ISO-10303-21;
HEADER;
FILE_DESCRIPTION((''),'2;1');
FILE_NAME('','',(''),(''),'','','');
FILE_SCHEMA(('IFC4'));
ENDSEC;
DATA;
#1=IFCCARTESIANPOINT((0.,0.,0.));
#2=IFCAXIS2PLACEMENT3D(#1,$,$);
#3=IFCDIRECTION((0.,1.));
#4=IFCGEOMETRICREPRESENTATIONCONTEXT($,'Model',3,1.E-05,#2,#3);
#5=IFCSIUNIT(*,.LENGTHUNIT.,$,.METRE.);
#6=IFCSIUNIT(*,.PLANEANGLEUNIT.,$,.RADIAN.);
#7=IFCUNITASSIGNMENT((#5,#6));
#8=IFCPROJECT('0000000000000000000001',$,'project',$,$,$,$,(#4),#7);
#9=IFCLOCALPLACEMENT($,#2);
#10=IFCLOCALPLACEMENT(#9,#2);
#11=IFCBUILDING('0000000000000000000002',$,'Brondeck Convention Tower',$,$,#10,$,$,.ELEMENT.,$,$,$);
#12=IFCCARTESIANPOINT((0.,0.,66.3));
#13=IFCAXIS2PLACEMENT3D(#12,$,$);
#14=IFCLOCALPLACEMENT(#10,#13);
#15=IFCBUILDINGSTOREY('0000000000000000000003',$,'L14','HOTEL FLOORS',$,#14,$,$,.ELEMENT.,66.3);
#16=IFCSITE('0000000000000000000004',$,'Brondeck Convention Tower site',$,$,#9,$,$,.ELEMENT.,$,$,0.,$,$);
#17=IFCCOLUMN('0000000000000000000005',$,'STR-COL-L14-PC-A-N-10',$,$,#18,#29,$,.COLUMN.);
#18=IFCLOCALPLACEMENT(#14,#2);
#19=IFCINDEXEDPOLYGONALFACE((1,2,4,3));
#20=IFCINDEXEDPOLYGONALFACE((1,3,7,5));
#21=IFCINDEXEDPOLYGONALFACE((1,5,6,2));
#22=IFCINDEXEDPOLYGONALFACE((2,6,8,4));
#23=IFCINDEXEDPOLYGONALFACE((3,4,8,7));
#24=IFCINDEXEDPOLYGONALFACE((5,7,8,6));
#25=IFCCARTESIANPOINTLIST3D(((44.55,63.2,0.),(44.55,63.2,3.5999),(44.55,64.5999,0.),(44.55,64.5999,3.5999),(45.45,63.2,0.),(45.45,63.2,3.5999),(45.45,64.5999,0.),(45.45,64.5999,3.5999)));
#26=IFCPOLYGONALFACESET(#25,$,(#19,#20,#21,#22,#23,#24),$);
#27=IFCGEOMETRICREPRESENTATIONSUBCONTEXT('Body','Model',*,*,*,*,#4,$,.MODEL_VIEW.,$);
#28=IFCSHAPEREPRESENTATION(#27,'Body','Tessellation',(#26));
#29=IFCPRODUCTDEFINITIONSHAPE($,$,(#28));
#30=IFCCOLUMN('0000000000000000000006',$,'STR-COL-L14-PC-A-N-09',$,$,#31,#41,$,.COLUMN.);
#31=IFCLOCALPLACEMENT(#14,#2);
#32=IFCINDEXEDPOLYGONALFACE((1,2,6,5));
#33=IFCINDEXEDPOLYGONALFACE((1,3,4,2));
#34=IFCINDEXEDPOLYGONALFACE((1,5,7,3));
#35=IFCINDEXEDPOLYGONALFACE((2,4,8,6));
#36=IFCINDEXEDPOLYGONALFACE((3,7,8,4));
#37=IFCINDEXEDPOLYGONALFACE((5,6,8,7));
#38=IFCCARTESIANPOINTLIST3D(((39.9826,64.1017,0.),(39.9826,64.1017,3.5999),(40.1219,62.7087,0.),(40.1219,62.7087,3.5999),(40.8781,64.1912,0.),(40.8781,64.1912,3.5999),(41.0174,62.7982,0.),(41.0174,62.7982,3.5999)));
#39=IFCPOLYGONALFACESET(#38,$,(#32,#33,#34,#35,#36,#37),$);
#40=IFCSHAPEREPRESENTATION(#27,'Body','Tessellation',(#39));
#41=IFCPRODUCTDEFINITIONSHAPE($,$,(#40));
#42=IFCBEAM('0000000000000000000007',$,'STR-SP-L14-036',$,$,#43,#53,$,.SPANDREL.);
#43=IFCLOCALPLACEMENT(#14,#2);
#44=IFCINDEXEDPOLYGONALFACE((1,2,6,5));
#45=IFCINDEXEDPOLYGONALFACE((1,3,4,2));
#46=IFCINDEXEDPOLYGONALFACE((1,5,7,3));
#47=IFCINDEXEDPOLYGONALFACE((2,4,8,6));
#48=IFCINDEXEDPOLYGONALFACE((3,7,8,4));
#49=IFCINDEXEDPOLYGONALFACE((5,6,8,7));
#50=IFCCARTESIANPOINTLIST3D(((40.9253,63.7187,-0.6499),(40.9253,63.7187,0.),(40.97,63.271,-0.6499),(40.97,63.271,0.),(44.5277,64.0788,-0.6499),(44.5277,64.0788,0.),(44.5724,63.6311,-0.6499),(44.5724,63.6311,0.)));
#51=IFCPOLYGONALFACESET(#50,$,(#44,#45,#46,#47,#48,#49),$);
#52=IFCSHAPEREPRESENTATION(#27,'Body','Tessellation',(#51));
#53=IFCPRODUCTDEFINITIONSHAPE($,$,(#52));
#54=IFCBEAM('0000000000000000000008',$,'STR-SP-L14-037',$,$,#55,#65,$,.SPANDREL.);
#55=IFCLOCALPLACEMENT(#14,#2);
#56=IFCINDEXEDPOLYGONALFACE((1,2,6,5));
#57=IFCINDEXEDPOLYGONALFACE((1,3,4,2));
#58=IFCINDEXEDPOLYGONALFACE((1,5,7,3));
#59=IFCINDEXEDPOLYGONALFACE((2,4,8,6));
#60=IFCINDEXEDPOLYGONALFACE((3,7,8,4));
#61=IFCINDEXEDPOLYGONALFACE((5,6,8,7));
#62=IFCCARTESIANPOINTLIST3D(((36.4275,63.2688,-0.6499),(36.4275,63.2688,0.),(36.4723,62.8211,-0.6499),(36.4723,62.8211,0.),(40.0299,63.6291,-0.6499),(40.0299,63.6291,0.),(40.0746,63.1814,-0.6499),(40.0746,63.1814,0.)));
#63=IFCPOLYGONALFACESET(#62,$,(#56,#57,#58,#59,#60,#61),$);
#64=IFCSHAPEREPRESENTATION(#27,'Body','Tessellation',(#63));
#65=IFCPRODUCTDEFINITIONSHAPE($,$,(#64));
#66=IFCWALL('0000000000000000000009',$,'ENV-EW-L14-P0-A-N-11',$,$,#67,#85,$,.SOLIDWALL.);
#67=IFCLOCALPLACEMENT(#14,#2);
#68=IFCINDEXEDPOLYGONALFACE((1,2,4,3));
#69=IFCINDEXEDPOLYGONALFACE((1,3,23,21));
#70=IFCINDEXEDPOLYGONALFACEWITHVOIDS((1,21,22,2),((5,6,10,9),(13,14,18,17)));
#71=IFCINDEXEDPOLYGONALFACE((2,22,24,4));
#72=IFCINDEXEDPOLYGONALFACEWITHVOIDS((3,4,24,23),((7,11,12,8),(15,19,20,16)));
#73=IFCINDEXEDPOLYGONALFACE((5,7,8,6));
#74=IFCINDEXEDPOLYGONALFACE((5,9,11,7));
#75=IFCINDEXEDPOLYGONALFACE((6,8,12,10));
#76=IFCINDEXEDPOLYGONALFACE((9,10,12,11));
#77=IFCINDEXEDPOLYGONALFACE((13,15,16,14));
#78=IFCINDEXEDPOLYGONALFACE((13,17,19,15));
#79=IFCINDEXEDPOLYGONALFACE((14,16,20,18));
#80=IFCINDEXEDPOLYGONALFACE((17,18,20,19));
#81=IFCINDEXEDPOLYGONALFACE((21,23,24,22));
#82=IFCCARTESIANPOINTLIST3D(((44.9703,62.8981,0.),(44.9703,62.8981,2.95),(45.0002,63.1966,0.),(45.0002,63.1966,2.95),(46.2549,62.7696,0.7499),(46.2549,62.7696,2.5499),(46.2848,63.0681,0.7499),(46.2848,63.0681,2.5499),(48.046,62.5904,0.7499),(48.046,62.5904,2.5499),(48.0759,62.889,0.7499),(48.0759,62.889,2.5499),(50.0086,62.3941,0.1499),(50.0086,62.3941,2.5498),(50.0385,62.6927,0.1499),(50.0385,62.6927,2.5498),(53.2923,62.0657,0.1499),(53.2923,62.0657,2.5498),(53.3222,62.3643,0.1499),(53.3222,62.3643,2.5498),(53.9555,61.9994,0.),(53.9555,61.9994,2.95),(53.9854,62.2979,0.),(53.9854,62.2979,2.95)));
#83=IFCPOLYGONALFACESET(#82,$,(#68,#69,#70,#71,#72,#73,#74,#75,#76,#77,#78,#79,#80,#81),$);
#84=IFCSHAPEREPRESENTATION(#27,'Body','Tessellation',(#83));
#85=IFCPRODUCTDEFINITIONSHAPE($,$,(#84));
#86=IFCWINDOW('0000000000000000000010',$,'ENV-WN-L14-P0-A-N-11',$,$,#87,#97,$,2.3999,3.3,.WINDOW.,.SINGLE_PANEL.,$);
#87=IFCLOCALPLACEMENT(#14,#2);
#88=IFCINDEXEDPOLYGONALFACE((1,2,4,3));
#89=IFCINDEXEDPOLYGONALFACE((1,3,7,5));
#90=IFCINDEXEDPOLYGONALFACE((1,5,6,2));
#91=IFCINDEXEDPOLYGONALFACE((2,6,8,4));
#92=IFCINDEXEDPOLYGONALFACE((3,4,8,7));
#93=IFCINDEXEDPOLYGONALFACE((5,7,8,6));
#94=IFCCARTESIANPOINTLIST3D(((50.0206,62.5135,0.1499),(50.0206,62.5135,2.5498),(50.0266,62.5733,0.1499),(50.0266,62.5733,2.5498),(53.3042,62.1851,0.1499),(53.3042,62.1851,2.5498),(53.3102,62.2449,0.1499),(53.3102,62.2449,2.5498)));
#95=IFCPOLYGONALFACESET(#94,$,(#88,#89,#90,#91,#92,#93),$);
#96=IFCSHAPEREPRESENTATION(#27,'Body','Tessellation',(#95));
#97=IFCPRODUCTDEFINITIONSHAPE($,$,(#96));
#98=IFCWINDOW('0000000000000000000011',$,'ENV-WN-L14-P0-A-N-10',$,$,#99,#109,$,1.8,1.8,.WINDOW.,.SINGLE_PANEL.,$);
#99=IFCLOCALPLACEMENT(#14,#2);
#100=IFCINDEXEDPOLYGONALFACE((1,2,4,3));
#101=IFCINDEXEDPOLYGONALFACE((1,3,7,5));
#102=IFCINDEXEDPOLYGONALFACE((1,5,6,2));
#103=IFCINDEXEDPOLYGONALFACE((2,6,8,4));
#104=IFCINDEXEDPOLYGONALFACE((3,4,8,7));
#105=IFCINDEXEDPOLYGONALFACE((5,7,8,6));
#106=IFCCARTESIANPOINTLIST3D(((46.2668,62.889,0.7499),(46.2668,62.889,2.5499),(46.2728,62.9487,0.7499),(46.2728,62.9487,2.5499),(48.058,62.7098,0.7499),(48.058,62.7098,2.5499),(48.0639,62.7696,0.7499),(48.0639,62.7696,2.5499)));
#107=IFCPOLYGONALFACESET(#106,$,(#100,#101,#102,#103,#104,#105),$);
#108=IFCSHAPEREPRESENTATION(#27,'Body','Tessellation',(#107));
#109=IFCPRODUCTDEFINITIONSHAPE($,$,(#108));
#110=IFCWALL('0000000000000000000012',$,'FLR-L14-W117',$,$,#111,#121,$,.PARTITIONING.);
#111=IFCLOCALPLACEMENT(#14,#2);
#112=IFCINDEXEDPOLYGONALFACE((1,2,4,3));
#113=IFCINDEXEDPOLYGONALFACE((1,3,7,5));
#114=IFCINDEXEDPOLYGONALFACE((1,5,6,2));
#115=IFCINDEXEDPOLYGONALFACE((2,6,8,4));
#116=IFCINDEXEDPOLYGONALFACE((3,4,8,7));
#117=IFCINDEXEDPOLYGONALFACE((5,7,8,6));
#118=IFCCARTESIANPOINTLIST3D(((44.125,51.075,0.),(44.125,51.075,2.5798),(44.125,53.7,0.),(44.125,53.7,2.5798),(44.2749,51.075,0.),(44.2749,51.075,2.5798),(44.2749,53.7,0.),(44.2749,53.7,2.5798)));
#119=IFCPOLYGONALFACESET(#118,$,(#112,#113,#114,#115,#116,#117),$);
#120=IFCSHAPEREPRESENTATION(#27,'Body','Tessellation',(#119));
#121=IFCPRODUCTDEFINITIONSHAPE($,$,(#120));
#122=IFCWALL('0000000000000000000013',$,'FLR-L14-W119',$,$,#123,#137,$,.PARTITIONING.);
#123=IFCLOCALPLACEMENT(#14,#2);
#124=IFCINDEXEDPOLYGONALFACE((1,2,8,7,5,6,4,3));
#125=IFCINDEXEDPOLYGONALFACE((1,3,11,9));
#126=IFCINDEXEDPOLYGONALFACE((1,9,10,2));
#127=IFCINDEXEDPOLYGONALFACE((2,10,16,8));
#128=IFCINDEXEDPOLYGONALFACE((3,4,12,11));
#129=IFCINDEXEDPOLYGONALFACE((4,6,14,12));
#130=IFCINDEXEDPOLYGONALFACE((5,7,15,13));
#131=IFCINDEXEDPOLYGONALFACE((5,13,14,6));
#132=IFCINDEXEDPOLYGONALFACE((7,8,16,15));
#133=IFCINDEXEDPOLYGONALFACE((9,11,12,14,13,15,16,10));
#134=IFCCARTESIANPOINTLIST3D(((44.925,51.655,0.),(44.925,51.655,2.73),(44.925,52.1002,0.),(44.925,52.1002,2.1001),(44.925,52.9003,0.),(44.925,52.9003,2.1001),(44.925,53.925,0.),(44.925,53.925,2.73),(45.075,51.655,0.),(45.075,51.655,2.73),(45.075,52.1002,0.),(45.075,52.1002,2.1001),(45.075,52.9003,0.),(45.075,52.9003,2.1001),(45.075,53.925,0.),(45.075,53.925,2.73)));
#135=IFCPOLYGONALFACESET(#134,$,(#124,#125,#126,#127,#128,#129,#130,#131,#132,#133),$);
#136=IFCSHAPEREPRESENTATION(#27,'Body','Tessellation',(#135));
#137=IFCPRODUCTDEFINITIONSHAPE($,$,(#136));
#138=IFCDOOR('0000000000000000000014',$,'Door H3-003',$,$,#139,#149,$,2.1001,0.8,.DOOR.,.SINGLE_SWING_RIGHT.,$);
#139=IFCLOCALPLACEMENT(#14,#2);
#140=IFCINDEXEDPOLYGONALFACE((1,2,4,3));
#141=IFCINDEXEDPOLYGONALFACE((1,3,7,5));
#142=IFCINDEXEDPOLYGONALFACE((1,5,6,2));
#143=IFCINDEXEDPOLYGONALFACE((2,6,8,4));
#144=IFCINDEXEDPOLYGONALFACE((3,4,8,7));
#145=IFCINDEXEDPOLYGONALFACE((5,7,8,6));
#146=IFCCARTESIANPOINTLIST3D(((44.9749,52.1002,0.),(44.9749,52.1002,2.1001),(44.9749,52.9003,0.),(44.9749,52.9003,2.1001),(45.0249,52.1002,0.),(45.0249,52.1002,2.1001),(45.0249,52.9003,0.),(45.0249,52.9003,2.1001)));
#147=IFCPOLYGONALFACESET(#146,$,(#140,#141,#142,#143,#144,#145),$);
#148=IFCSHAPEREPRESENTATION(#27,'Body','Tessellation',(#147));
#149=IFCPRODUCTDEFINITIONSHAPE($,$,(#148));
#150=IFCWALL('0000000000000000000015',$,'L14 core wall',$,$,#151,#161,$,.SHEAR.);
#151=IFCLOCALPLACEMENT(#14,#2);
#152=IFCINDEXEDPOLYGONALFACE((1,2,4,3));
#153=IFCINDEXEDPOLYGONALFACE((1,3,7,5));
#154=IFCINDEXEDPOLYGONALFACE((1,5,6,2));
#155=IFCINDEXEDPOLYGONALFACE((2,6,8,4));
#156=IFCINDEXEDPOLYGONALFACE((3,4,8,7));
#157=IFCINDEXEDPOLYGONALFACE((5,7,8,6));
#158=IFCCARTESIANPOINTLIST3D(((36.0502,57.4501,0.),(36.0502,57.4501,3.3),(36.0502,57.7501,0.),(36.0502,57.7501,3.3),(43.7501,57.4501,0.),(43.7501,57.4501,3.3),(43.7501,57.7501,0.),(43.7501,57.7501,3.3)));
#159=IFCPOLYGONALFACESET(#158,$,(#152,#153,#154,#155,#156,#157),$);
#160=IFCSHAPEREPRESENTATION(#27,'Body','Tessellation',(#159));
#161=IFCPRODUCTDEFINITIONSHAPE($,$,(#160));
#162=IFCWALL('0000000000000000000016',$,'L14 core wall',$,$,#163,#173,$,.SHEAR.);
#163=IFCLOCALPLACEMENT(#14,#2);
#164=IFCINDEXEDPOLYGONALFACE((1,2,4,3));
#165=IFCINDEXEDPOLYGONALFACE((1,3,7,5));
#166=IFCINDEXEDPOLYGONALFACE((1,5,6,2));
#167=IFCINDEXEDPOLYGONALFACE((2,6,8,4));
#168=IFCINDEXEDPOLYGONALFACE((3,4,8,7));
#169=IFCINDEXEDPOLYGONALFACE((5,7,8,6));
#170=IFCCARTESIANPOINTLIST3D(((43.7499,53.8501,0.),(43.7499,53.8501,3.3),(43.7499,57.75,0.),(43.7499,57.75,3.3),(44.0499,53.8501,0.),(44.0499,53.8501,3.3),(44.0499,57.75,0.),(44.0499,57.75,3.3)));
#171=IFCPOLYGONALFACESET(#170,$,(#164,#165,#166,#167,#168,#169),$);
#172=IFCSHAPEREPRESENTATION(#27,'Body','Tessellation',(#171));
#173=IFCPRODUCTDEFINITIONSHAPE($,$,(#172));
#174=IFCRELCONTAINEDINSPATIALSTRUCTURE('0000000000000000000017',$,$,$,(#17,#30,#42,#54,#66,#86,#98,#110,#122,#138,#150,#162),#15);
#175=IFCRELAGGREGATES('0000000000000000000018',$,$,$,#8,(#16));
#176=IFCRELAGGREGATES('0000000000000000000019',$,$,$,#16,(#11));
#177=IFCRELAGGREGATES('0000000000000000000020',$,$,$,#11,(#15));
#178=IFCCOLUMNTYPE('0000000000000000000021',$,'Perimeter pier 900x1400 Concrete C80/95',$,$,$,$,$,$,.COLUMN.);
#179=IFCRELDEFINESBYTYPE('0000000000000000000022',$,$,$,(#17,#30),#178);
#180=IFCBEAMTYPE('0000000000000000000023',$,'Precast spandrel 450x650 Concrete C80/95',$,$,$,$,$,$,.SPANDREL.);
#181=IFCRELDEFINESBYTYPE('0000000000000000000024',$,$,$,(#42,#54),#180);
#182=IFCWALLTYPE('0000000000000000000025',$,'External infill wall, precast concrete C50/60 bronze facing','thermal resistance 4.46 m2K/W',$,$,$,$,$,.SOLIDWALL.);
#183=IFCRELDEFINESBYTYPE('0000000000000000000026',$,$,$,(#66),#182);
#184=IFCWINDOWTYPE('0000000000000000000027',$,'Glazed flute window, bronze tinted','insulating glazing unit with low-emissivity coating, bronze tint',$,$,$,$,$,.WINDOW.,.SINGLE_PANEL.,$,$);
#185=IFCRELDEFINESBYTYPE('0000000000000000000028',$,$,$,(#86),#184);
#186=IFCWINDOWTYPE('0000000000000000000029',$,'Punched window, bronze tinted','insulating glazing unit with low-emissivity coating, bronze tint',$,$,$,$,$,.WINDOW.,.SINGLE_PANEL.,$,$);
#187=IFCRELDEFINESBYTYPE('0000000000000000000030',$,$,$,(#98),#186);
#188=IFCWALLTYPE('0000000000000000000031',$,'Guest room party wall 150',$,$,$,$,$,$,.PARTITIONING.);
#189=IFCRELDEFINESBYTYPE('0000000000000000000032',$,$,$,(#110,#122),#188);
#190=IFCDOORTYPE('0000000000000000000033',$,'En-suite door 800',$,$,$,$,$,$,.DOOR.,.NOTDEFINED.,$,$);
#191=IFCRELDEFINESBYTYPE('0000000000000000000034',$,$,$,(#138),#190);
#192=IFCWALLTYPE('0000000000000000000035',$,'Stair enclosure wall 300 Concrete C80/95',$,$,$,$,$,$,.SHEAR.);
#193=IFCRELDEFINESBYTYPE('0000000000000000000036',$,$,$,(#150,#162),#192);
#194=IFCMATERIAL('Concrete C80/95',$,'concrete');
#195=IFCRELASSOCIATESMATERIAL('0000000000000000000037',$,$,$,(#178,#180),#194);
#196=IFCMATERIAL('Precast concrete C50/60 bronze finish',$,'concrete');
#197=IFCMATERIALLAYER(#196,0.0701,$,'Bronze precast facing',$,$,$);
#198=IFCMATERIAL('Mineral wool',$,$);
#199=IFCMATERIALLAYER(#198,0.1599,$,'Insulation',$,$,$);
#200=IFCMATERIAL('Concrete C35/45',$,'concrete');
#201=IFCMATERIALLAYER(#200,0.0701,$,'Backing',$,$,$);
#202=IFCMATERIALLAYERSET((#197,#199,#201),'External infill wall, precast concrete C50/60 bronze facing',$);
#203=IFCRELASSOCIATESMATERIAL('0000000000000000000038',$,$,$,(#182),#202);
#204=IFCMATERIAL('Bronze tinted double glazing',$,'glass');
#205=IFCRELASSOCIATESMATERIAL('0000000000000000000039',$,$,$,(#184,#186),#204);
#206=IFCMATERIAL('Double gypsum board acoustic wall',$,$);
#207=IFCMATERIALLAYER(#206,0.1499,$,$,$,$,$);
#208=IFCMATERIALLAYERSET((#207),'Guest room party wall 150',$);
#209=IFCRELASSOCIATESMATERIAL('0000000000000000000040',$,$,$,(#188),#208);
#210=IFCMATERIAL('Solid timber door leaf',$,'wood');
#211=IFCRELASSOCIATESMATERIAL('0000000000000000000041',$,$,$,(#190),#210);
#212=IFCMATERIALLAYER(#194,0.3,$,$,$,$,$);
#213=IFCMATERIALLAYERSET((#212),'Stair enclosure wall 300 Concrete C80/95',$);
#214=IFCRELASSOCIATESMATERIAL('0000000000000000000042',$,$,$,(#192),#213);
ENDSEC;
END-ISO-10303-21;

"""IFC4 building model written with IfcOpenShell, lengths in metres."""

from ifc_helpers import new_model, si_unit, direction, frame, frame_2d, origin, origin_2d, place, context, subcontext, project, spatial, rectangle, extrude, material, layer, layer_set, material_profile, profile_set, type_object, element, fill, save


model = new_model("IFC4")

# Units and contexts
model_context = context("Model", 3, precision=1e-05, world=origin(), true_north=direction((0.0, 1.0)))
body_context = subcontext(model_context, "Body", "Model", "MODEL_VIEW")
ifc_project = project(units=[si_unit("LENGTHUNIT", "METRE"), si_unit("PLANEANGLEUNIT", "RADIAN")], contexts=[model_context])

# Site, building, storey
site_placement = place(None, origin())
site = spatial("IfcSite", under=ifc_project, at=site_placement, Name="Brondeck Convention Tower site", CompositionType="ELEMENT", RefElevation=0.0)
building_placement = place(site_placement, origin())
building = spatial("IfcBuilding", under=site, at=building_placement, Name="Brondeck Convention Tower", CompositionType="ELEMENT")
storey_placement = place(building_placement, frame((0.0, 0.0, 66.3)))
storey = spatial("IfcBuildingStorey", under=building, at=storey_placement, Name="L14", Description="HOTEL FLOORS", CompositionType="ELEMENT", Elevation=66.3)

# Columns
ifc_material_1 = material(Name="Concrete C80/95", Category="concrete")
ifc_material_profile_1 = material_profile(ifc_material_1, rectangle(XDim=0.8999, YDim=1.3999, at=origin_2d()), Name="Perimeter pier 900x1400 Concrete C80/95")
ifc_profile_set_1 = profile_set([ifc_material_profile_1], Name="Concrete C80/95")
column_type = type_object("IfcColumnType", Name="Perimeter pier 900x1400 Concrete C80/95", PredefinedType="COLUMN", material=ifc_profile_set_1)
for number, where, z_axis, x_axis, name in (
    (1, (45.0, 63.8999, 0.0), (0.0, 0.0, 1.0), (-1.0, 0.0, 0.0), "STR-COL-L14-PC-A-N-10"),
    (2, (40.5, 63.45, 0.0), (0.0, 0.0, 1.0), (-0.995037, -0.099504, 0.0), "STR-COL-L14-PC-A-N-09"),
):
    element("IfcColumn", number, at=place(storey_placement, frame(where, z_axis=z_axis, x_axis=x_axis)), inside=storey, type_object=column_type, Name=name, PredefinedType="COLUMN", context=body_context, shape_type="SweptSolid", body=[
        extrude(rectangle(XDim=0.8999, YDim=1.3999, at=origin_2d()), origin(), (0.0, 0.0, 1.0), 3.5999),
    ])

# Beams
ifc_material_profile_2 = material_profile(ifc_material_1, rectangle(XDim=0.45, YDim=0.6499, at=origin_2d()), Name="Precast spandrel 450x650 Concrete C80/95")
ifc_profile_set_2 = profile_set([ifc_material_profile_2], Name="Concrete C80/95")
beam_type = type_object("IfcBeamType", Name="Precast spandrel 450x650 Concrete C80/95", PredefinedType="SPANDREL", material=ifc_profile_set_2)
for number, where, z_axis, x_axis, name in (
    (3, (44.55, 63.855, -0.325), (-0.995041, -0.09947, 0.0), (0.09947, -0.995041, 0.0), "STR-SP-L14-036"),
    (4, (40.0522, 63.4053, -0.325), (-0.995034, -0.099537, 0.0), (0.099537, -0.995034, 0.0), "STR-SP-L14-037"),
):
    element("IfcBeam", number, at=place(storey_placement, frame(where, z_axis=z_axis, x_axis=x_axis)), inside=storey, type_object=beam_type, Name=name, PredefinedType="SPANDREL", context=body_context, shape_type="SweptSolid", body=[
        extrude(rectangle(XDim=0.45, YDim=0.6499, at=origin_2d()), origin(), (0.0, 0.0, 1.0), 3.6204),
    ])

# Wall, openings, windows
ifc_material_2 = material(Name="Precast concrete C50/60 bronze finish", Category="concrete")
ifc_layer_1 = layer(ifc_material_2, 0.0701, Name="Bronze precast facing")
ifc_material_3 = material(Name="Mineral wool")
ifc_layer_2 = layer(ifc_material_3, 0.1599, Name="Insulation")
ifc_material_4 = material(Name="Concrete C35/45", Category="concrete")
ifc_layer_3 = layer(ifc_material_4, 0.0701, Name="Backing")
ifc_layer_set_1 = layer_set([ifc_layer_1, ifc_layer_2, ifc_layer_3], Name="External infill wall, precast concrete C50/60 bronze facing")
wall_type_1 = type_object("IfcWallType", Name="External infill wall, precast concrete C50/60 bronze facing", Description="thermal resistance 4.46 m2K/W", PredefinedType="SOLIDWALL", material=ifc_layer_set_1)
wall_1_placement = place(storey_placement, frame((44.9851, 63.0474, 0.0), z_axis=(0.0, 0.0, 1.0), x_axis=(0.995035, -0.099522, 0.0)))
wall_1 = element("IfcWall", 5, at=wall_1_placement, inside=storey, type_object=wall_type_1, Name="ENV-EW-L14-P0-A-N-11", PredefinedType="SOLIDWALL", context=body_context, shape_type="SweptSolid", body=[
    extrude(rectangle(XDim=9.03, YDim=0.3, at=frame_2d((4.5151, 0.0))), origin(), (0.0, 0.0, 1.0), 2.95),
])
opening_1_placement = place(wall_1_placement, frame((1.2913, 0.0, 0.75)))
opening_1 = element("IfcOpeningElement", 6, at=opening_1_placement, cuts=wall_1, PredefinedType="OPENING", context=body_context, shape_type="SweptSolid", body=[
    extrude(rectangle(XDim=1.8, YDim=1.8, at=frame_2d((0.8999, 0.8999))), frame((0.0, 0.1599, 0.0), z_axis=(0.0, -1.0, 0.0), x_axis=(1.0, 0.0, 0.0)), (0.0, 0.0, 1.0), 0.3201),
])
opening_2_placement = place(wall_1_placement, frame((5.0637, 0.0, 0.1499)))
opening_2 = element("IfcOpeningElement", 7, at=opening_2_placement, cuts=wall_1, PredefinedType="OPENING", context=body_context, shape_type="SweptSolid", body=[
    extrude(rectangle(XDim=3.3, YDim=2.3999, at=frame_2d((1.6499, 1.2))), frame((0.0, 0.1599, 0.0), z_axis=(0.0, -1.0, 0.0), x_axis=(1.0, 0.0, 0.0)), (0.0, 0.0, 1.0), 0.3201),
])
ifc_material_5 = material(Name="Bronze tinted double glazing", Category="glass")
window_type_1 = type_object("IfcWindowType", Name="Glazed flute window, bronze tinted", Description="insulating glazing unit with low-emissivity coating, bronze tint", PartitioningType="SINGLE_PANEL", PredefinedType="WINDOW", material=ifc_material_5)
window_1_placement = place(opening_2_placement, origin())
window_1 = element("IfcWindow", 8, at=window_1_placement, inside=storey, type_object=window_type_1, Name="ENV-WN-L14-P0-A-N-11", OverallHeight=2.3999, OverallWidth=3.3, PartitioningType="SINGLE_PANEL", PredefinedType="WINDOW", context=body_context, shape_type="SweptSolid", body=[
    extrude(rectangle(XDim=3.3, YDim=2.3999, at=frame_2d((1.6499, 1.2))), frame((0.0, 0.03, 0.0), z_axis=(0.0, -1.0, 0.0), x_axis=(1.0, 0.0, 0.0)), (0.0, 0.0, 1.0), 0.0601),
])
fill(opening_2, window_1)
window_type_2 = type_object("IfcWindowType", Name="Punched window, bronze tinted", Description="insulating glazing unit with low-emissivity coating, bronze tint", PartitioningType="SINGLE_PANEL", PredefinedType="WINDOW", material=ifc_material_5)
window_2_placement = place(opening_1_placement, origin())
window_2 = element("IfcWindow", 9, at=window_2_placement, inside=storey, type_object=window_type_2, Name="ENV-WN-L14-P0-A-N-10", OverallHeight=1.8, OverallWidth=1.8, PartitioningType="SINGLE_PANEL", PredefinedType="WINDOW", context=body_context, shape_type="SweptSolid", body=[
    extrude(rectangle(XDim=1.8, YDim=1.8, at=frame_2d((0.8999, 0.8999))), frame((0.0, 0.03, 0.0), z_axis=(0.0, -1.0, 0.0), x_axis=(1.0, 0.0, 0.0)), (0.0, 0.0, 1.0), 0.0601),
])
fill(opening_1, window_2)

# Wall
ifc_material_6 = material(Name="Double gypsum board acoustic wall")
ifc_layer_4 = layer(ifc_material_6, 0.1499)
ifc_layer_set_2 = layer_set([ifc_layer_4], Name="Guest room party wall 150")
wall_type_2 = type_object("IfcWallType", Name="Guest room party wall 150", PredefinedType="PARTITIONING", material=ifc_layer_set_2)
wall_2_placement = place(storey_placement, frame((44.2, 53.7, 0.0), z_axis=(0.0, 0.0, 1.0), x_axis=(0.0, -1.0, 0.0)))
element("IfcWall", 10, at=wall_2_placement, inside=storey, type_object=wall_type_2, Name="FLR-L14-W117", PredefinedType="PARTITIONING", context=body_context, shape_type="SweptSolid", body=[
    extrude(rectangle(XDim=2.625, YDim=0.1499, at=frame_2d((1.3125, 0.0))), origin(), (0.0, 0.0, 1.0), 2.5798),
])

# Wall, opening, door
wall_3_placement = place(storey_placement, frame((45.0, 53.925, 0.0), z_axis=(0.0, 0.0, 1.0), x_axis=(0.0, -1.0, 0.0)))
wall_3 = element("IfcWall", 11, at=wall_3_placement, inside=storey, type_object=wall_type_2, Name="FLR-L14-W119", PredefinedType="PARTITIONING", context=body_context, shape_type="SweptSolid", body=[
    extrude(rectangle(XDim=2.27, YDim=0.1499, at=frame_2d((1.135, 0.0))), origin(), (0.0, 0.0, 1.0), 2.73),
])
opening_3_placement = place(wall_3_placement, frame((1.0249, 0.0, 0.0)))
opening_3 = element("IfcOpeningElement", 12, at=opening_3_placement, cuts=wall_3, PredefinedType="OPENING", context=body_context, shape_type="SweptSolid", body=[
    extrude(rectangle(XDim=0.8, YDim=2.1001, at=frame_2d((0.3999, 1.05))), frame((0.0, 0.085, 0.0), z_axis=(0.0, -1.0, 0.0), x_axis=(1.0, 0.0, 0.0)), (0.0, 0.0, 1.0), 0.1699),
])
ifc_material_7 = material(Name="Solid timber door leaf", Category="wood")
door_type = type_object("IfcDoorType", Name="En-suite door 800", OperationType="NOTDEFINED", PredefinedType="DOOR", material=ifc_material_7)
door_placement = place(opening_3_placement, origin())
door = element("IfcDoor", 13, at=door_placement, inside=storey, type_object=door_type, Name="Door H3-003", OperationType="SINGLE_SWING_RIGHT", OverallHeight=2.1001, OverallWidth=0.8, PredefinedType="DOOR", context=body_context, shape_type="SweptSolid", body=[
    extrude(rectangle(XDim=0.8, YDim=2.1001, at=frame_2d((0.3999, 1.05))), frame((0.0, 0.0249, 0.0), z_axis=(0.0, -1.0, 0.0), x_axis=(1.0, 0.0, 0.0)), (0.0, 0.0, 1.0), 0.05),
])
fill(opening_3, door)

# Walls
ifc_layer_5 = layer(ifc_material_1, 0.3)
ifc_layer_set_3 = layer_set([ifc_layer_5], Name="Stair enclosure wall 300 Concrete C80/95")
wall_type_3 = type_object("IfcWallType", Name="Stair enclosure wall 300 Concrete C80/95", PredefinedType="SHEAR", material=ifc_layer_set_3)
wall_4_placement = place(storey_placement, frame((36.05, 57.6001, 0.0), z_axis=(0.0, 0.0, 1.0), x_axis=(1.0, 0.0, 0.0)))
element("IfcWall", 14, at=wall_4_placement, inside=storey, type_object=wall_type_3, Name="L14 core wall", PredefinedType="SHEAR", context=body_context, shape_type="SweptSolid", body=[
    extrude(rectangle(XDim=7.7, YDim=0.3, at=frame_2d((3.8501, 0.0))), origin(), (0.0, 0.0, 1.0), 3.3),
])
wall_5_placement = place(storey_placement, frame((43.8999, 53.8501, 0.0), z_axis=(0.0, 0.0, 1.0), x_axis=(0.0, 1.0, 0.0)))
element("IfcWall", 15, at=wall_5_placement, inside=storey, type_object=wall_type_3, Name="L14 core wall", PredefinedType="SHEAR", context=body_context, shape_type="SweptSolid", body=[
    extrude(rectangle(XDim=3.8999, YDim=0.3, at=frame_2d((1.95, 0.0))), origin(), (0.0, 0.0, 1.0), 3.3),
])

save(model, "model.ifc")
